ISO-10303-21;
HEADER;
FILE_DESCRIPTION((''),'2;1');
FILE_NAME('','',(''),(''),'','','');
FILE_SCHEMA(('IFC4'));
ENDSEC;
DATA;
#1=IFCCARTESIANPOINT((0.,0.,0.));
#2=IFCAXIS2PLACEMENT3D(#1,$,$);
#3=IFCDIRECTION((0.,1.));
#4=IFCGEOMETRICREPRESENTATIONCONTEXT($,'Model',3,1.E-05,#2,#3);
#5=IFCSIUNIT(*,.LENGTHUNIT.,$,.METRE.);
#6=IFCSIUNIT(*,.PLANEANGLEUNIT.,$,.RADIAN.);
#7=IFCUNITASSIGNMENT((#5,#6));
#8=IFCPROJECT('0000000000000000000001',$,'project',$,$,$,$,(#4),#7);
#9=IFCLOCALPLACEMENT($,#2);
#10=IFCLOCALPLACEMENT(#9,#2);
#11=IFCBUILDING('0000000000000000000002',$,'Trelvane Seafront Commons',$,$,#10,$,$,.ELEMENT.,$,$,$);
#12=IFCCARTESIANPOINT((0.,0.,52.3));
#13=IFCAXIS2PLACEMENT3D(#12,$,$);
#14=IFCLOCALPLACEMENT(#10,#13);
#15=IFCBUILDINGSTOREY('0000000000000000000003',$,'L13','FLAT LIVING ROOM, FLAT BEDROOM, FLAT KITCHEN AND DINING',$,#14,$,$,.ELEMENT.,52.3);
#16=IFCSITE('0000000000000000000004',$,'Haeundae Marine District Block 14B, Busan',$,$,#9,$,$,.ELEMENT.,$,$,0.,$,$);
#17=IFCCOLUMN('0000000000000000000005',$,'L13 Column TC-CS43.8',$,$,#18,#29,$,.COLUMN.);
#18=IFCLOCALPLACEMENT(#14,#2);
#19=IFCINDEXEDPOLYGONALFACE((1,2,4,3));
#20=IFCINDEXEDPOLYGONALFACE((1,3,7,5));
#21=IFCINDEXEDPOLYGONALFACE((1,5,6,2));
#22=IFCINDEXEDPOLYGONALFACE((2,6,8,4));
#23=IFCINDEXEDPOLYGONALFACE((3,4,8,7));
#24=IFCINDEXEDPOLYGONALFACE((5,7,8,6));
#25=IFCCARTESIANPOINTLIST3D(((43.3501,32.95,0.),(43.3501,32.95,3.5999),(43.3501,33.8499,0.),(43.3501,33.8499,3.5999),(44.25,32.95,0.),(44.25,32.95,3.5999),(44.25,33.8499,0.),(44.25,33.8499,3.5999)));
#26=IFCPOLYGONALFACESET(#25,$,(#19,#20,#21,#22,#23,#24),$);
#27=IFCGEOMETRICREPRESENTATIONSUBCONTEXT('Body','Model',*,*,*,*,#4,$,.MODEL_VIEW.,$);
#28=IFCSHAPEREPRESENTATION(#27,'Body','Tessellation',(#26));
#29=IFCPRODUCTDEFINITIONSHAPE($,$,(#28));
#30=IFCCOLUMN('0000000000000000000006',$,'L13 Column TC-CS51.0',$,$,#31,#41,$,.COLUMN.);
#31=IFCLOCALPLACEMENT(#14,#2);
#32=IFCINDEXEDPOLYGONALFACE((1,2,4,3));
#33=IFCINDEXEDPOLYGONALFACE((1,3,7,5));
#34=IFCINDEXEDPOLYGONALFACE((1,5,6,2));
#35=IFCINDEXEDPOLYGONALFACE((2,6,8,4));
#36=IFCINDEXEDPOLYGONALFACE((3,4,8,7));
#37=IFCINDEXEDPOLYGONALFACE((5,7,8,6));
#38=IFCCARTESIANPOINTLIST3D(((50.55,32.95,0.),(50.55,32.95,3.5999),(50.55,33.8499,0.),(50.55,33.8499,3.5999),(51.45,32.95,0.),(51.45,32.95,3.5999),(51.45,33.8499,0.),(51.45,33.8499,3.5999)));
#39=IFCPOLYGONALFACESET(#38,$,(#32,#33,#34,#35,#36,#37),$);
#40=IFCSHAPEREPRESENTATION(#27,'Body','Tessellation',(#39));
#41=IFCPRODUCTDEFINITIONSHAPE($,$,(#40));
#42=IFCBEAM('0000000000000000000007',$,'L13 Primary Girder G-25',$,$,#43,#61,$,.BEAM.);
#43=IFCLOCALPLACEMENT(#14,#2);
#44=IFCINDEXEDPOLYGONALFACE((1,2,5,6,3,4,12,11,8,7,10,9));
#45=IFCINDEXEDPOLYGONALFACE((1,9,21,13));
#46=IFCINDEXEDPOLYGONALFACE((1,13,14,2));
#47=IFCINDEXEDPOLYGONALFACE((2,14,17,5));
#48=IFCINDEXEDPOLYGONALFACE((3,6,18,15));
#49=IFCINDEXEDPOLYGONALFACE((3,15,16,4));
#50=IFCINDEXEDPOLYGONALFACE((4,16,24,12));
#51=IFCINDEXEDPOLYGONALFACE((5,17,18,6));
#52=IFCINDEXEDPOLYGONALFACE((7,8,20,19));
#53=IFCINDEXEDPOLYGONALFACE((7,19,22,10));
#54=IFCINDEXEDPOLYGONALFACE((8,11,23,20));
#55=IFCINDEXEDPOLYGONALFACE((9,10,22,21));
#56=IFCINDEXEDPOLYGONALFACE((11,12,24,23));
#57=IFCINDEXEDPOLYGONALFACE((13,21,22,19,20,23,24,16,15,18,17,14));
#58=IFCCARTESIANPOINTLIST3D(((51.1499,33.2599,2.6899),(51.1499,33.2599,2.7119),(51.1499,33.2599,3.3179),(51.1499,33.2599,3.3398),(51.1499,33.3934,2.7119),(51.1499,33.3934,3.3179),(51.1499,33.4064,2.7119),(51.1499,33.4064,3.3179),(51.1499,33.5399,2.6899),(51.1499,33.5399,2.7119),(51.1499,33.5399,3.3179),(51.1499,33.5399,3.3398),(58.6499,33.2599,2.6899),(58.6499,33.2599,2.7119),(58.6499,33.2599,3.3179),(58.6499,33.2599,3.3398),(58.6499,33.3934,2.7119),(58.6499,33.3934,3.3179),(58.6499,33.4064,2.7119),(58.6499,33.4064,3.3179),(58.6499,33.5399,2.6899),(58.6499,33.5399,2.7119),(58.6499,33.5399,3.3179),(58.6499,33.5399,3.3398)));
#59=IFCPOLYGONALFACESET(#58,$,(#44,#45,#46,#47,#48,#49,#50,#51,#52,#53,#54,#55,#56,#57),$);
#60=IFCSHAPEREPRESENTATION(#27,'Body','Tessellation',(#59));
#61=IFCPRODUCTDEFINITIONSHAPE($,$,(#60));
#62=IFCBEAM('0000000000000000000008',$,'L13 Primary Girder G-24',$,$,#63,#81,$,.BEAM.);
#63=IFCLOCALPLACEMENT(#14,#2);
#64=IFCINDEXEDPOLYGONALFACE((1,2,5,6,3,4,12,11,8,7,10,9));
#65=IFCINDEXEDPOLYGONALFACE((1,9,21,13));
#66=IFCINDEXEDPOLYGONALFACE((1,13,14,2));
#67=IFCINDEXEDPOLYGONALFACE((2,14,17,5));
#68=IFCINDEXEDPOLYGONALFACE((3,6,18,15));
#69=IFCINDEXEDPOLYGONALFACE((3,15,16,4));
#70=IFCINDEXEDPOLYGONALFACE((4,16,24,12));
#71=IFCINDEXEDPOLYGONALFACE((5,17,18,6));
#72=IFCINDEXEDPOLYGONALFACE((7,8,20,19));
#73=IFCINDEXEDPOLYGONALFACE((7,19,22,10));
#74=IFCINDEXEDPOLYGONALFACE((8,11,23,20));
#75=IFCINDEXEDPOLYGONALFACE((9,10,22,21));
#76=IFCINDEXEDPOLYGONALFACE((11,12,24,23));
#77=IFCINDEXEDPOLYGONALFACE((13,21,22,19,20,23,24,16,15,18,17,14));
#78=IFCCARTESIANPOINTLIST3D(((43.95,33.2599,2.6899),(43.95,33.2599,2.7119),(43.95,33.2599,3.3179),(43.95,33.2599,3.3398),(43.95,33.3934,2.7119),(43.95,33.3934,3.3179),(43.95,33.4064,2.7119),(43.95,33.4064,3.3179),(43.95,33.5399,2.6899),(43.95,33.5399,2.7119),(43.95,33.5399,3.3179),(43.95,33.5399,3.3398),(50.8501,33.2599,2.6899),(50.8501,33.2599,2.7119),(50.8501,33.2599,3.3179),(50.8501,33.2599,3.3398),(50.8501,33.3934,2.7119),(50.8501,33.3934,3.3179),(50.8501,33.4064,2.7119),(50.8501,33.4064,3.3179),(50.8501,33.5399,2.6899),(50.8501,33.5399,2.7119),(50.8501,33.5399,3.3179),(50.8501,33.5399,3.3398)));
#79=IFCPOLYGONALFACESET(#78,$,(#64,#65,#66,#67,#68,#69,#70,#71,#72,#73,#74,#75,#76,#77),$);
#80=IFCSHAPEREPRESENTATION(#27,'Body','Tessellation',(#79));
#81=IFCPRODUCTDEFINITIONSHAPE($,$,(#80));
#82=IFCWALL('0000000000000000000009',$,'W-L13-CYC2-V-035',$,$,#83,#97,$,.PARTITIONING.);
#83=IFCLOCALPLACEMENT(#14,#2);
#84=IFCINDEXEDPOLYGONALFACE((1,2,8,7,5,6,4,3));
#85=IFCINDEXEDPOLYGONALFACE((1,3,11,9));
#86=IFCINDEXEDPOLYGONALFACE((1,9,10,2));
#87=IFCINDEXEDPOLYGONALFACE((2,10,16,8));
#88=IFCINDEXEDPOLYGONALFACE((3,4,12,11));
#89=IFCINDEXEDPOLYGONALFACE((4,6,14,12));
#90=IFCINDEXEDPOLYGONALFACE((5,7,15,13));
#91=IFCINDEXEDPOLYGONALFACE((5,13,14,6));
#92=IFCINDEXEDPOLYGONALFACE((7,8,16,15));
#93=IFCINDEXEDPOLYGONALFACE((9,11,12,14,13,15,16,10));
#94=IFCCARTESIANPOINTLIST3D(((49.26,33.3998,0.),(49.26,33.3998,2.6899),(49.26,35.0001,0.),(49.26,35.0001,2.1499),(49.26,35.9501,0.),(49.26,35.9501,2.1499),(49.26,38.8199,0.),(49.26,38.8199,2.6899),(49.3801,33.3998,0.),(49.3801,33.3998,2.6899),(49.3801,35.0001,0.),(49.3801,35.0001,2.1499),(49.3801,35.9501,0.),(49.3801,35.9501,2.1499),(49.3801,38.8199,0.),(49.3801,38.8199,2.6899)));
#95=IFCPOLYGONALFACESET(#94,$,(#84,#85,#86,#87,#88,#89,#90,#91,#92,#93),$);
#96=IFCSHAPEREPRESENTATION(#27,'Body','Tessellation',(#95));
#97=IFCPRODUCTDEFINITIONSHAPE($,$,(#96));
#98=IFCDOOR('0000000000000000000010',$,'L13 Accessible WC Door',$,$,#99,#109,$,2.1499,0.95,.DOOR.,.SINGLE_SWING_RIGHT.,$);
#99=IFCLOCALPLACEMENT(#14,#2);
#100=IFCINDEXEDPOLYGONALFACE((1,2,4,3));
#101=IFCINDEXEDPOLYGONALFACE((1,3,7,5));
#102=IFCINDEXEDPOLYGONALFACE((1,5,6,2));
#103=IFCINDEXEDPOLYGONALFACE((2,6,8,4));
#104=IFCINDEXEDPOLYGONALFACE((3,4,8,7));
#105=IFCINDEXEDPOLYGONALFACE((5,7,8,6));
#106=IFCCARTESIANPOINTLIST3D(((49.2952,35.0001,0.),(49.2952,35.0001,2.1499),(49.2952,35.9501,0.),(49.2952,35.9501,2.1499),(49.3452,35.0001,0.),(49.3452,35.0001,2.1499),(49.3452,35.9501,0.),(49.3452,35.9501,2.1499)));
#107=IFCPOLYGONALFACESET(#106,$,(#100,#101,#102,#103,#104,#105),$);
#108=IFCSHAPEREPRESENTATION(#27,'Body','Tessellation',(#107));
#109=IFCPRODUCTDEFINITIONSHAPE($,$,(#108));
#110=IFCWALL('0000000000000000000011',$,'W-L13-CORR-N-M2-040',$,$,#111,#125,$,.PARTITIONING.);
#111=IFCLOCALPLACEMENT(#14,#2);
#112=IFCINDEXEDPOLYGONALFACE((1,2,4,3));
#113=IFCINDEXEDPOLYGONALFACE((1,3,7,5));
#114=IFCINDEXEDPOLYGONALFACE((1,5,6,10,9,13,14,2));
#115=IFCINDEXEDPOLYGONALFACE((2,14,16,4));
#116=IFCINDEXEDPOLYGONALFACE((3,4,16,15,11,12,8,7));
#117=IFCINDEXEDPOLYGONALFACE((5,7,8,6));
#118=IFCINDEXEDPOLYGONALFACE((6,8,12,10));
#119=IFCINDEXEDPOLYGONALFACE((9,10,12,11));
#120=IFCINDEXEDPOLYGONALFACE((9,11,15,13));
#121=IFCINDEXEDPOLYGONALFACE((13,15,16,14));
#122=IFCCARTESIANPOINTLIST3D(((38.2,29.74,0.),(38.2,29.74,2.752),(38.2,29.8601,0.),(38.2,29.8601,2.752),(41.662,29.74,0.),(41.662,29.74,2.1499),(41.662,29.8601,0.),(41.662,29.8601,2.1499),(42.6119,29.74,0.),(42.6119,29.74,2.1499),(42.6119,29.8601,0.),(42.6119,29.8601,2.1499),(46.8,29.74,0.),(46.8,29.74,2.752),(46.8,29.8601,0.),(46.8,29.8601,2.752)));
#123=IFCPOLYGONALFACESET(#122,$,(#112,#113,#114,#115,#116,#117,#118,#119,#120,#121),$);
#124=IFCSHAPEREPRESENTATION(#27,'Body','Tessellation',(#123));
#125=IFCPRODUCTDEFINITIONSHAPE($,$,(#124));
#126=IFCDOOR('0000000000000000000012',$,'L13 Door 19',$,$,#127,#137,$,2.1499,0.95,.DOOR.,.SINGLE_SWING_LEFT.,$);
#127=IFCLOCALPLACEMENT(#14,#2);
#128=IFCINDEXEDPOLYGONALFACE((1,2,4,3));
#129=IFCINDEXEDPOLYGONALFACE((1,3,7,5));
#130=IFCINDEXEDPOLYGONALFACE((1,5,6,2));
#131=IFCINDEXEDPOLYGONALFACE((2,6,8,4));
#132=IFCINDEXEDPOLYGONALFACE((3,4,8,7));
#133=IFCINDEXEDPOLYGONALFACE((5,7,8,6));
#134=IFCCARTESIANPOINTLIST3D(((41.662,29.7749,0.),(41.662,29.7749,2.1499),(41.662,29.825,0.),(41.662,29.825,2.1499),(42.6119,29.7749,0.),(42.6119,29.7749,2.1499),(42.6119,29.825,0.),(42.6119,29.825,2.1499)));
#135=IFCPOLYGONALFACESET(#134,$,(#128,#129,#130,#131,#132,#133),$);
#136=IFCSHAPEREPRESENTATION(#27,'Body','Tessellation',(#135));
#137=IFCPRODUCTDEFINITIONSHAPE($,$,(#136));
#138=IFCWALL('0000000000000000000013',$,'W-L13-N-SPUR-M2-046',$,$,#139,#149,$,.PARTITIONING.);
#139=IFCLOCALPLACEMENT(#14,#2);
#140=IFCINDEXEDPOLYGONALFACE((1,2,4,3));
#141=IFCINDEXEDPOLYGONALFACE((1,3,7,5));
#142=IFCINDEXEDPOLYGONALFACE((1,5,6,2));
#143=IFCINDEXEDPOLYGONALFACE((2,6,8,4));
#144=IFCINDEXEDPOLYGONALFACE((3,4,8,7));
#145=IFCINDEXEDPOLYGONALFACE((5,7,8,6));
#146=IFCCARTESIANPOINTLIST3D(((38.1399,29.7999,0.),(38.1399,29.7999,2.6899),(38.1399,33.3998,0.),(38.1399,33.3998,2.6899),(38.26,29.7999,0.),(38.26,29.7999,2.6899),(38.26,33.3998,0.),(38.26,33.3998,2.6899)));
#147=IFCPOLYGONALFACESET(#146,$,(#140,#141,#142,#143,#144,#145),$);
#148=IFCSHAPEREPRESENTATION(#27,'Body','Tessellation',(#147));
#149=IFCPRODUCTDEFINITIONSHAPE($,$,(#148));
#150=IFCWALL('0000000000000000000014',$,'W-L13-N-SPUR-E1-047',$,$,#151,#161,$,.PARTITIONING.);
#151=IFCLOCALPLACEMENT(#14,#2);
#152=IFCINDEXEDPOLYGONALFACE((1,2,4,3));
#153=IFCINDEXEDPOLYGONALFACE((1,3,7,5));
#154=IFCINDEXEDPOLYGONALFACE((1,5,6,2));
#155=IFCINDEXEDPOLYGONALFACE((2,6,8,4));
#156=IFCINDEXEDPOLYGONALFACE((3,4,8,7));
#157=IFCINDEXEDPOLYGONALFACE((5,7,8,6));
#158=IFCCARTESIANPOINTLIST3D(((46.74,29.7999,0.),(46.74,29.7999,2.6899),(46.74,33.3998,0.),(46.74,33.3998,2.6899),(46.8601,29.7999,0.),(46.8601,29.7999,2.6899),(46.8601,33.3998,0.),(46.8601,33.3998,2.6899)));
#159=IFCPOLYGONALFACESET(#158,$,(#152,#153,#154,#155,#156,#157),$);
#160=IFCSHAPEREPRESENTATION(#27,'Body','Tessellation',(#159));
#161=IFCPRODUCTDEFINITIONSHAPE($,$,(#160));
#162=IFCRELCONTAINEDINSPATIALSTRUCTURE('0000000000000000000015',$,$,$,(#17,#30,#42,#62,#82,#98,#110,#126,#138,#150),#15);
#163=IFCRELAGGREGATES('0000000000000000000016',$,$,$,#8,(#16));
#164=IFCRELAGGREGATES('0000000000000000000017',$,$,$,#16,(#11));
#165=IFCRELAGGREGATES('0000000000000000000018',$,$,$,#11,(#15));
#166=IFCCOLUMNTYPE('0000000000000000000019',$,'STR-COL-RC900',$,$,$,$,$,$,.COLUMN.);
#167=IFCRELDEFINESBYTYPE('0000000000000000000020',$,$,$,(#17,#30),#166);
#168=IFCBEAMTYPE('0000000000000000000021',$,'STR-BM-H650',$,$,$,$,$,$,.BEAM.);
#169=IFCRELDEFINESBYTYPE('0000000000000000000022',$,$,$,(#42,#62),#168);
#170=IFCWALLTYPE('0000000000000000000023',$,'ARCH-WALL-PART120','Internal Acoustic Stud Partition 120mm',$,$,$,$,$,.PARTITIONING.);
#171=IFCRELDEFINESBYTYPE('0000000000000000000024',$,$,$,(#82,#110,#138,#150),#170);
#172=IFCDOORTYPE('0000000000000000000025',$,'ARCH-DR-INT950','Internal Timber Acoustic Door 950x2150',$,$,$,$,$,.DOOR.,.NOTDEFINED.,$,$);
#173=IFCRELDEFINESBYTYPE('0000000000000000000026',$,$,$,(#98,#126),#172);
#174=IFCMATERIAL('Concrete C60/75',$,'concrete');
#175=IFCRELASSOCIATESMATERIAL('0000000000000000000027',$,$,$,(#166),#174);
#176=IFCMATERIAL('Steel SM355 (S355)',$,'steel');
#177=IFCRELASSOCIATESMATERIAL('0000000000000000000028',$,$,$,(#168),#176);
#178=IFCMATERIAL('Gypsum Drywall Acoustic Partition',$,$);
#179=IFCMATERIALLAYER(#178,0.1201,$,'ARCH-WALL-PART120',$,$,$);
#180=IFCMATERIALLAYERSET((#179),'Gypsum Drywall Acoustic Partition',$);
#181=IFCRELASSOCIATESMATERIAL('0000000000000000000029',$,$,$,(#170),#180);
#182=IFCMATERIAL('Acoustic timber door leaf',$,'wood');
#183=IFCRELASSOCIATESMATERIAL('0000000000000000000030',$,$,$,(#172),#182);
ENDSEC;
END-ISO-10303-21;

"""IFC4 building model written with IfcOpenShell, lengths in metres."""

from ifc_helpers import new_model, si_unit, direction, frame, frame_2d, origin, origin_2d, place, context, subcontext, project, spatial, rectangle, i_section, extrude, source, transform, mapped, material, layer, layer_set, material_profile, profile_set, type_object, element, fill, save


model = new_model("IFC4")

# Units and contexts
model_context = context("Model", 3, precision=1e-05, world=origin(), true_north=direction((0.0, 1.0)))
body_context = subcontext(model_context, "Body", "Model", "MODEL_VIEW")
ifc_project = project(units=[si_unit("LENGTHUNIT", "METRE"), si_unit("PLANEANGLEUNIT", "RADIAN")], contexts=[model_context])

# Site, building, storey
site_placement = place(None, origin())
site = spatial("IfcSite", under=ifc_project, at=site_placement, Name="Haeundae Marine District Block 14B, Busan", CompositionType="ELEMENT", RefElevation=0.0)
building_placement = place(site_placement, origin())
building = spatial("IfcBuilding", under=site, at=building_placement, Name="Trelvane Seafront Commons", CompositionType="ELEMENT")
storey_placement = place(building_placement, frame((0.0, 0.0, 52.3)))
storey = spatial("IfcBuildingStorey", under=building, at=storey_placement, Name="L13", Description="FLAT LIVING ROOM, FLAT BEDROOM, FLAT KITCHEN AND DINING", CompositionType="ELEMENT", Elevation=52.3)

# Columns
ifc_material_1 = material(Name="Concrete C60/75", Category="concrete")
ifc_material_profile_1 = material_profile(ifc_material_1, rectangle(XDim=0.8999, YDim=0.8999, at=origin_2d()), Name="RC-900x900")
ifc_profile_set_1 = profile_set([ifc_material_profile_1], Name="Concrete C60/75")
column_type = type_object("IfcColumnType", Name="STR-COL-RC900", PredefinedType="COLUMN", material=ifc_profile_set_1)
shared_shape_1 = source(origin(), body_context, "Body", "SweptSolid", [
    extrude(rectangle(XDim=0.8999, YDim=0.8999, at=origin_2d()), origin(), (0.0, 0.0, 1.0), 3.5999),
])
for number, where, z_axis, x_axis, name in (
    (1, (43.8, 33.3999, 0.0), (0.0, 0.0, 1.0), (1.0, 0.0, 0.0), "L13 Column TC-CS43.8"),
    (2, (51.0, 33.3999, 0.0), (0.0, 0.0, 1.0), (1.0, 0.0, 0.0), "L13 Column TC-CS51.0"),
):
    element("IfcColumn", number, at=place(storey_placement, frame(where, z_axis=z_axis, x_axis=x_axis)), inside=storey, type_object=column_type, Name=name, PredefinedType="COLUMN", context=body_context, shape_type="MappedRepresentation", body=[
        mapped(shared_shape_1, transform((0.0, 0.0, 0.0), x_axis=(1.0, 0.0, 0.0), y_axis=(0.0, 1.0, 0.0), z_axis=(0.0, 0.0, 1.0), scale=1.0)),
    ])

# Beams
ifc_material_2 = material(Name="Steel SM355 (S355)", Category="steel")
ifc_material_profile_2 = material_profile(ifc_material_2, i_section(OverallWidth=0.28, OverallDepth=0.6499, WebThickness=0.0129, FlangeThickness=0.022, at=origin_2d()), Name="H-650x280x13x22")
ifc_profile_set_2 = profile_set([ifc_material_profile_2], Name="Steel SM355 (S355)")
beam_type = type_object("IfcBeamType", Name="STR-BM-H650", PredefinedType="BEAM", material=ifc_profile_set_2)
shared_shape_2 = source(origin(), body_context, "Body", "SweptSolid", [
    extrude(i_section(OverallWidth=0.28, OverallDepth=0.6499, WebThickness=0.0129, FlangeThickness=0.022, at=origin_2d()), origin(), (0.0, 0.0, 1.0), 7.5),
])
beam_1_placement = place(storey_placement, frame((51.1499, 33.3999, 3.0149), z_axis=(1.0, 0.0, 0.0), x_axis=(0.0, 1.0, 0.0)))
element("IfcBeam", 3, at=beam_1_placement, inside=storey, type_object=beam_type, Name="L13 Primary Girder G-25", PredefinedType="BEAM", context=body_context, shape_type="MappedRepresentation", body=[
    mapped(shared_shape_2, transform((0.0, 0.0, 0.0), x_axis=(1.0, 0.0, 0.0), y_axis=(0.0, 1.0, 0.0), z_axis=(0.0, 0.0, 1.0), scale=1.0)),
])
shared_shape_3 = source(origin(), body_context, "Body", "SweptSolid", [
    extrude(i_section(OverallWidth=0.28, OverallDepth=0.6499, WebThickness=0.0129, FlangeThickness=0.022, at=origin_2d()), origin(), (0.0, 0.0, 1.0), 6.9001),
])
beam_2_placement = place(storey_placement, frame((43.95, 33.3999, 3.0149), z_axis=(1.0, 0.0, 0.0), x_axis=(0.0, 1.0, 0.0)))
element("IfcBeam", 4, at=beam_2_placement, inside=storey, type_object=beam_type, Name="L13 Primary Girder G-24", PredefinedType="BEAM", context=body_context, shape_type="MappedRepresentation", body=[
    mapped(shared_shape_3, transform((0.0, 0.0, 0.0), x_axis=(1.0, 0.0, 0.0), y_axis=(0.0, 1.0, 0.0), z_axis=(0.0, 0.0, 1.0), scale=1.0)),
])

# Shared definitions
shared_shape_4 = source(origin(), body_context, "Body", "SweptSolid", [
    extrude(rectangle(XDim=0.95, YDim=2.1499, at=frame_2d((0.4751, 1.075))), frame((0.0, 0.0249, 0.0), z_axis=(0.0, -1.0, 0.0), x_axis=(1.0, 0.0, 0.0)), (0.0, 0.0, 1.0), 0.05),
])

# Walls, openings, doors
ifc_material_3 = material(Name="Gypsum Drywall Acoustic Partition")
ifc_layer_1 = layer(ifc_material_3, 0.1201, Name="ARCH-WALL-PART120")
ifc_layer_set_1 = layer_set([ifc_layer_1], Name="Gypsum Drywall Acoustic Partition")
wall_type_1 = type_object("IfcWallType", Name="ARCH-WALL-PART120", Description="Internal Acoustic Stud Partition 120mm", PredefinedType="PARTITIONING", material=ifc_layer_set_1)
wall_1_placement = place(storey_placement, frame((49.3201, 33.3999, 0.0), z_axis=(0.0, 0.0, 1.0), x_axis=(0.0, 1.0, 0.0)))
wall_1 = element("IfcWall", 5, at=wall_1_placement, inside=storey, type_object=wall_type_1, Name="W-L13-CYC2-V-035", PredefinedType="PARTITIONING", context=body_context, shape_type="SweptSolid", body=[
    extrude(rectangle(XDim=5.4202, YDim=0.1201, at=frame_2d((2.71, 0.0))), origin(), (0.0, 0.0, 1.0), 2.6899),
])
opening_1_placement = place(wall_1_placement, frame((1.6001, 0.0, 0.0)))
opening_1 = element("IfcOpeningElement", 6, at=opening_1_placement, cuts=wall_1, PredefinedType="OPENING", context=body_context, shape_type="SweptSolid", body=[
    extrude(rectangle(XDim=0.95, YDim=2.1499, at=frame_2d((0.4751, 1.075))), frame((0.0, 0.0701, 0.0), z_axis=(0.0, -1.0, 0.0), x_axis=(1.0, 0.0, 0.0)), (0.0, 0.0, 1.0), 0.1401),
])
ifc_material_4 = material(Name="Acoustic timber door leaf", Category="wood")
door_type_1 = type_object("IfcDoorType", Name="ARCH-DR-INT950", Description="Internal Timber Acoustic Door 950x2150", OperationType="NOTDEFINED", PredefinedType="DOOR", material=ifc_material_4)
door_1_placement = place(opening_1_placement, origin())
door_1 = element("IfcDoor", 7, at=door_1_placement, inside=storey, type_object=door_type_1, Name="L13 Accessible WC Door", OperationType="SINGLE_SWING_RIGHT", OverallHeight=2.1499, OverallWidth=0.95, PredefinedType="DOOR", context=body_context, shape_type="MappedRepresentation", body=[
    mapped(shared_shape_4, transform((0.0, 0.0, 0.0), x_axis=(1.0, 0.0, 0.0), y_axis=(0.0, 1.0, 0.0), z_axis=(0.0, 0.0, 1.0), scale=1.0)),
])
fill(opening_1, door_1)
wall_2_placement = place(storey_placement, frame((38.2, 29.8, 0.0), z_axis=(0.0, 0.0, 1.0), x_axis=(1.0, 0.0, 0.0)))
wall_2 = element("IfcWall", 8, at=wall_2_placement, inside=storey, type_object=wall_type_1, Name="W-L13-CORR-N-M2-040", PredefinedType="PARTITIONING", context=body_context, shape_type="SweptSolid", body=[
    extrude(rectangle(XDim=8.6001, YDim=0.1201, at=frame_2d((4.3, 0.0))), origin(), (0.0, 0.0, 1.0), 2.752),
])
opening_2_placement = place(wall_2_placement, frame((3.4619, 0.0, 0.0)))
opening_2 = element("IfcOpeningElement", 9, at=opening_2_placement, cuts=wall_2, PredefinedType="OPENING", context=body_context, shape_type="SweptSolid", body=[
    extrude(rectangle(XDim=0.95, YDim=2.1499, at=frame_2d((0.4751, 1.075))), frame((0.0, 0.0701, 0.0), z_axis=(0.0, -1.0, 0.0), x_axis=(1.0, 0.0, 0.0)), (0.0, 0.0, 1.0), 0.1401),
])
door_2_placement = place(opening_2_placement, origin())
door_2 = element("IfcDoor", 10, at=door_2_placement, inside=storey, type_object=door_type_1, Name="L13 Door 19", OperationType="SINGLE_SWING_LEFT", OverallHeight=2.1499, OverallWidth=0.95, PredefinedType="DOOR", context=body_context, shape_type="MappedRepresentation", body=[
    mapped(shared_shape_4, transform((0.0, 0.0, 0.0), x_axis=(1.0, 0.0, 0.0), y_axis=(0.0, 1.0, 0.0), z_axis=(0.0, 0.0, 1.0), scale=1.0)),
])
fill(opening_2, door_2)

# Walls
for number, where, z_axis, x_axis, name in (
    (11, (38.2, 29.8, 0.0), (0.0, 0.0, 1.0), (0.0, 1.0, 0.0), "W-L13-N-SPUR-M2-046"),
    (12, (46.8, 29.8, 0.0), (0.0, 0.0, 1.0), (0.0, 1.0, 0.0), "W-L13-N-SPUR-E1-047"),
):
    element("IfcWall", number, at=place(storey_placement, frame(where, z_axis=z_axis, x_axis=x_axis)), inside=storey, type_object=wall_type_1, Name=name, PredefinedType="PARTITIONING", context=body_context, shape_type="SweptSolid", body=[
        extrude(rectangle(XDim=3.5999, YDim=0.1201, at=frame_2d((1.7998, 0.0))), origin(), (0.0, 0.0, 1.0), 2.6899),
    ])

save(model, "model.ifc")
